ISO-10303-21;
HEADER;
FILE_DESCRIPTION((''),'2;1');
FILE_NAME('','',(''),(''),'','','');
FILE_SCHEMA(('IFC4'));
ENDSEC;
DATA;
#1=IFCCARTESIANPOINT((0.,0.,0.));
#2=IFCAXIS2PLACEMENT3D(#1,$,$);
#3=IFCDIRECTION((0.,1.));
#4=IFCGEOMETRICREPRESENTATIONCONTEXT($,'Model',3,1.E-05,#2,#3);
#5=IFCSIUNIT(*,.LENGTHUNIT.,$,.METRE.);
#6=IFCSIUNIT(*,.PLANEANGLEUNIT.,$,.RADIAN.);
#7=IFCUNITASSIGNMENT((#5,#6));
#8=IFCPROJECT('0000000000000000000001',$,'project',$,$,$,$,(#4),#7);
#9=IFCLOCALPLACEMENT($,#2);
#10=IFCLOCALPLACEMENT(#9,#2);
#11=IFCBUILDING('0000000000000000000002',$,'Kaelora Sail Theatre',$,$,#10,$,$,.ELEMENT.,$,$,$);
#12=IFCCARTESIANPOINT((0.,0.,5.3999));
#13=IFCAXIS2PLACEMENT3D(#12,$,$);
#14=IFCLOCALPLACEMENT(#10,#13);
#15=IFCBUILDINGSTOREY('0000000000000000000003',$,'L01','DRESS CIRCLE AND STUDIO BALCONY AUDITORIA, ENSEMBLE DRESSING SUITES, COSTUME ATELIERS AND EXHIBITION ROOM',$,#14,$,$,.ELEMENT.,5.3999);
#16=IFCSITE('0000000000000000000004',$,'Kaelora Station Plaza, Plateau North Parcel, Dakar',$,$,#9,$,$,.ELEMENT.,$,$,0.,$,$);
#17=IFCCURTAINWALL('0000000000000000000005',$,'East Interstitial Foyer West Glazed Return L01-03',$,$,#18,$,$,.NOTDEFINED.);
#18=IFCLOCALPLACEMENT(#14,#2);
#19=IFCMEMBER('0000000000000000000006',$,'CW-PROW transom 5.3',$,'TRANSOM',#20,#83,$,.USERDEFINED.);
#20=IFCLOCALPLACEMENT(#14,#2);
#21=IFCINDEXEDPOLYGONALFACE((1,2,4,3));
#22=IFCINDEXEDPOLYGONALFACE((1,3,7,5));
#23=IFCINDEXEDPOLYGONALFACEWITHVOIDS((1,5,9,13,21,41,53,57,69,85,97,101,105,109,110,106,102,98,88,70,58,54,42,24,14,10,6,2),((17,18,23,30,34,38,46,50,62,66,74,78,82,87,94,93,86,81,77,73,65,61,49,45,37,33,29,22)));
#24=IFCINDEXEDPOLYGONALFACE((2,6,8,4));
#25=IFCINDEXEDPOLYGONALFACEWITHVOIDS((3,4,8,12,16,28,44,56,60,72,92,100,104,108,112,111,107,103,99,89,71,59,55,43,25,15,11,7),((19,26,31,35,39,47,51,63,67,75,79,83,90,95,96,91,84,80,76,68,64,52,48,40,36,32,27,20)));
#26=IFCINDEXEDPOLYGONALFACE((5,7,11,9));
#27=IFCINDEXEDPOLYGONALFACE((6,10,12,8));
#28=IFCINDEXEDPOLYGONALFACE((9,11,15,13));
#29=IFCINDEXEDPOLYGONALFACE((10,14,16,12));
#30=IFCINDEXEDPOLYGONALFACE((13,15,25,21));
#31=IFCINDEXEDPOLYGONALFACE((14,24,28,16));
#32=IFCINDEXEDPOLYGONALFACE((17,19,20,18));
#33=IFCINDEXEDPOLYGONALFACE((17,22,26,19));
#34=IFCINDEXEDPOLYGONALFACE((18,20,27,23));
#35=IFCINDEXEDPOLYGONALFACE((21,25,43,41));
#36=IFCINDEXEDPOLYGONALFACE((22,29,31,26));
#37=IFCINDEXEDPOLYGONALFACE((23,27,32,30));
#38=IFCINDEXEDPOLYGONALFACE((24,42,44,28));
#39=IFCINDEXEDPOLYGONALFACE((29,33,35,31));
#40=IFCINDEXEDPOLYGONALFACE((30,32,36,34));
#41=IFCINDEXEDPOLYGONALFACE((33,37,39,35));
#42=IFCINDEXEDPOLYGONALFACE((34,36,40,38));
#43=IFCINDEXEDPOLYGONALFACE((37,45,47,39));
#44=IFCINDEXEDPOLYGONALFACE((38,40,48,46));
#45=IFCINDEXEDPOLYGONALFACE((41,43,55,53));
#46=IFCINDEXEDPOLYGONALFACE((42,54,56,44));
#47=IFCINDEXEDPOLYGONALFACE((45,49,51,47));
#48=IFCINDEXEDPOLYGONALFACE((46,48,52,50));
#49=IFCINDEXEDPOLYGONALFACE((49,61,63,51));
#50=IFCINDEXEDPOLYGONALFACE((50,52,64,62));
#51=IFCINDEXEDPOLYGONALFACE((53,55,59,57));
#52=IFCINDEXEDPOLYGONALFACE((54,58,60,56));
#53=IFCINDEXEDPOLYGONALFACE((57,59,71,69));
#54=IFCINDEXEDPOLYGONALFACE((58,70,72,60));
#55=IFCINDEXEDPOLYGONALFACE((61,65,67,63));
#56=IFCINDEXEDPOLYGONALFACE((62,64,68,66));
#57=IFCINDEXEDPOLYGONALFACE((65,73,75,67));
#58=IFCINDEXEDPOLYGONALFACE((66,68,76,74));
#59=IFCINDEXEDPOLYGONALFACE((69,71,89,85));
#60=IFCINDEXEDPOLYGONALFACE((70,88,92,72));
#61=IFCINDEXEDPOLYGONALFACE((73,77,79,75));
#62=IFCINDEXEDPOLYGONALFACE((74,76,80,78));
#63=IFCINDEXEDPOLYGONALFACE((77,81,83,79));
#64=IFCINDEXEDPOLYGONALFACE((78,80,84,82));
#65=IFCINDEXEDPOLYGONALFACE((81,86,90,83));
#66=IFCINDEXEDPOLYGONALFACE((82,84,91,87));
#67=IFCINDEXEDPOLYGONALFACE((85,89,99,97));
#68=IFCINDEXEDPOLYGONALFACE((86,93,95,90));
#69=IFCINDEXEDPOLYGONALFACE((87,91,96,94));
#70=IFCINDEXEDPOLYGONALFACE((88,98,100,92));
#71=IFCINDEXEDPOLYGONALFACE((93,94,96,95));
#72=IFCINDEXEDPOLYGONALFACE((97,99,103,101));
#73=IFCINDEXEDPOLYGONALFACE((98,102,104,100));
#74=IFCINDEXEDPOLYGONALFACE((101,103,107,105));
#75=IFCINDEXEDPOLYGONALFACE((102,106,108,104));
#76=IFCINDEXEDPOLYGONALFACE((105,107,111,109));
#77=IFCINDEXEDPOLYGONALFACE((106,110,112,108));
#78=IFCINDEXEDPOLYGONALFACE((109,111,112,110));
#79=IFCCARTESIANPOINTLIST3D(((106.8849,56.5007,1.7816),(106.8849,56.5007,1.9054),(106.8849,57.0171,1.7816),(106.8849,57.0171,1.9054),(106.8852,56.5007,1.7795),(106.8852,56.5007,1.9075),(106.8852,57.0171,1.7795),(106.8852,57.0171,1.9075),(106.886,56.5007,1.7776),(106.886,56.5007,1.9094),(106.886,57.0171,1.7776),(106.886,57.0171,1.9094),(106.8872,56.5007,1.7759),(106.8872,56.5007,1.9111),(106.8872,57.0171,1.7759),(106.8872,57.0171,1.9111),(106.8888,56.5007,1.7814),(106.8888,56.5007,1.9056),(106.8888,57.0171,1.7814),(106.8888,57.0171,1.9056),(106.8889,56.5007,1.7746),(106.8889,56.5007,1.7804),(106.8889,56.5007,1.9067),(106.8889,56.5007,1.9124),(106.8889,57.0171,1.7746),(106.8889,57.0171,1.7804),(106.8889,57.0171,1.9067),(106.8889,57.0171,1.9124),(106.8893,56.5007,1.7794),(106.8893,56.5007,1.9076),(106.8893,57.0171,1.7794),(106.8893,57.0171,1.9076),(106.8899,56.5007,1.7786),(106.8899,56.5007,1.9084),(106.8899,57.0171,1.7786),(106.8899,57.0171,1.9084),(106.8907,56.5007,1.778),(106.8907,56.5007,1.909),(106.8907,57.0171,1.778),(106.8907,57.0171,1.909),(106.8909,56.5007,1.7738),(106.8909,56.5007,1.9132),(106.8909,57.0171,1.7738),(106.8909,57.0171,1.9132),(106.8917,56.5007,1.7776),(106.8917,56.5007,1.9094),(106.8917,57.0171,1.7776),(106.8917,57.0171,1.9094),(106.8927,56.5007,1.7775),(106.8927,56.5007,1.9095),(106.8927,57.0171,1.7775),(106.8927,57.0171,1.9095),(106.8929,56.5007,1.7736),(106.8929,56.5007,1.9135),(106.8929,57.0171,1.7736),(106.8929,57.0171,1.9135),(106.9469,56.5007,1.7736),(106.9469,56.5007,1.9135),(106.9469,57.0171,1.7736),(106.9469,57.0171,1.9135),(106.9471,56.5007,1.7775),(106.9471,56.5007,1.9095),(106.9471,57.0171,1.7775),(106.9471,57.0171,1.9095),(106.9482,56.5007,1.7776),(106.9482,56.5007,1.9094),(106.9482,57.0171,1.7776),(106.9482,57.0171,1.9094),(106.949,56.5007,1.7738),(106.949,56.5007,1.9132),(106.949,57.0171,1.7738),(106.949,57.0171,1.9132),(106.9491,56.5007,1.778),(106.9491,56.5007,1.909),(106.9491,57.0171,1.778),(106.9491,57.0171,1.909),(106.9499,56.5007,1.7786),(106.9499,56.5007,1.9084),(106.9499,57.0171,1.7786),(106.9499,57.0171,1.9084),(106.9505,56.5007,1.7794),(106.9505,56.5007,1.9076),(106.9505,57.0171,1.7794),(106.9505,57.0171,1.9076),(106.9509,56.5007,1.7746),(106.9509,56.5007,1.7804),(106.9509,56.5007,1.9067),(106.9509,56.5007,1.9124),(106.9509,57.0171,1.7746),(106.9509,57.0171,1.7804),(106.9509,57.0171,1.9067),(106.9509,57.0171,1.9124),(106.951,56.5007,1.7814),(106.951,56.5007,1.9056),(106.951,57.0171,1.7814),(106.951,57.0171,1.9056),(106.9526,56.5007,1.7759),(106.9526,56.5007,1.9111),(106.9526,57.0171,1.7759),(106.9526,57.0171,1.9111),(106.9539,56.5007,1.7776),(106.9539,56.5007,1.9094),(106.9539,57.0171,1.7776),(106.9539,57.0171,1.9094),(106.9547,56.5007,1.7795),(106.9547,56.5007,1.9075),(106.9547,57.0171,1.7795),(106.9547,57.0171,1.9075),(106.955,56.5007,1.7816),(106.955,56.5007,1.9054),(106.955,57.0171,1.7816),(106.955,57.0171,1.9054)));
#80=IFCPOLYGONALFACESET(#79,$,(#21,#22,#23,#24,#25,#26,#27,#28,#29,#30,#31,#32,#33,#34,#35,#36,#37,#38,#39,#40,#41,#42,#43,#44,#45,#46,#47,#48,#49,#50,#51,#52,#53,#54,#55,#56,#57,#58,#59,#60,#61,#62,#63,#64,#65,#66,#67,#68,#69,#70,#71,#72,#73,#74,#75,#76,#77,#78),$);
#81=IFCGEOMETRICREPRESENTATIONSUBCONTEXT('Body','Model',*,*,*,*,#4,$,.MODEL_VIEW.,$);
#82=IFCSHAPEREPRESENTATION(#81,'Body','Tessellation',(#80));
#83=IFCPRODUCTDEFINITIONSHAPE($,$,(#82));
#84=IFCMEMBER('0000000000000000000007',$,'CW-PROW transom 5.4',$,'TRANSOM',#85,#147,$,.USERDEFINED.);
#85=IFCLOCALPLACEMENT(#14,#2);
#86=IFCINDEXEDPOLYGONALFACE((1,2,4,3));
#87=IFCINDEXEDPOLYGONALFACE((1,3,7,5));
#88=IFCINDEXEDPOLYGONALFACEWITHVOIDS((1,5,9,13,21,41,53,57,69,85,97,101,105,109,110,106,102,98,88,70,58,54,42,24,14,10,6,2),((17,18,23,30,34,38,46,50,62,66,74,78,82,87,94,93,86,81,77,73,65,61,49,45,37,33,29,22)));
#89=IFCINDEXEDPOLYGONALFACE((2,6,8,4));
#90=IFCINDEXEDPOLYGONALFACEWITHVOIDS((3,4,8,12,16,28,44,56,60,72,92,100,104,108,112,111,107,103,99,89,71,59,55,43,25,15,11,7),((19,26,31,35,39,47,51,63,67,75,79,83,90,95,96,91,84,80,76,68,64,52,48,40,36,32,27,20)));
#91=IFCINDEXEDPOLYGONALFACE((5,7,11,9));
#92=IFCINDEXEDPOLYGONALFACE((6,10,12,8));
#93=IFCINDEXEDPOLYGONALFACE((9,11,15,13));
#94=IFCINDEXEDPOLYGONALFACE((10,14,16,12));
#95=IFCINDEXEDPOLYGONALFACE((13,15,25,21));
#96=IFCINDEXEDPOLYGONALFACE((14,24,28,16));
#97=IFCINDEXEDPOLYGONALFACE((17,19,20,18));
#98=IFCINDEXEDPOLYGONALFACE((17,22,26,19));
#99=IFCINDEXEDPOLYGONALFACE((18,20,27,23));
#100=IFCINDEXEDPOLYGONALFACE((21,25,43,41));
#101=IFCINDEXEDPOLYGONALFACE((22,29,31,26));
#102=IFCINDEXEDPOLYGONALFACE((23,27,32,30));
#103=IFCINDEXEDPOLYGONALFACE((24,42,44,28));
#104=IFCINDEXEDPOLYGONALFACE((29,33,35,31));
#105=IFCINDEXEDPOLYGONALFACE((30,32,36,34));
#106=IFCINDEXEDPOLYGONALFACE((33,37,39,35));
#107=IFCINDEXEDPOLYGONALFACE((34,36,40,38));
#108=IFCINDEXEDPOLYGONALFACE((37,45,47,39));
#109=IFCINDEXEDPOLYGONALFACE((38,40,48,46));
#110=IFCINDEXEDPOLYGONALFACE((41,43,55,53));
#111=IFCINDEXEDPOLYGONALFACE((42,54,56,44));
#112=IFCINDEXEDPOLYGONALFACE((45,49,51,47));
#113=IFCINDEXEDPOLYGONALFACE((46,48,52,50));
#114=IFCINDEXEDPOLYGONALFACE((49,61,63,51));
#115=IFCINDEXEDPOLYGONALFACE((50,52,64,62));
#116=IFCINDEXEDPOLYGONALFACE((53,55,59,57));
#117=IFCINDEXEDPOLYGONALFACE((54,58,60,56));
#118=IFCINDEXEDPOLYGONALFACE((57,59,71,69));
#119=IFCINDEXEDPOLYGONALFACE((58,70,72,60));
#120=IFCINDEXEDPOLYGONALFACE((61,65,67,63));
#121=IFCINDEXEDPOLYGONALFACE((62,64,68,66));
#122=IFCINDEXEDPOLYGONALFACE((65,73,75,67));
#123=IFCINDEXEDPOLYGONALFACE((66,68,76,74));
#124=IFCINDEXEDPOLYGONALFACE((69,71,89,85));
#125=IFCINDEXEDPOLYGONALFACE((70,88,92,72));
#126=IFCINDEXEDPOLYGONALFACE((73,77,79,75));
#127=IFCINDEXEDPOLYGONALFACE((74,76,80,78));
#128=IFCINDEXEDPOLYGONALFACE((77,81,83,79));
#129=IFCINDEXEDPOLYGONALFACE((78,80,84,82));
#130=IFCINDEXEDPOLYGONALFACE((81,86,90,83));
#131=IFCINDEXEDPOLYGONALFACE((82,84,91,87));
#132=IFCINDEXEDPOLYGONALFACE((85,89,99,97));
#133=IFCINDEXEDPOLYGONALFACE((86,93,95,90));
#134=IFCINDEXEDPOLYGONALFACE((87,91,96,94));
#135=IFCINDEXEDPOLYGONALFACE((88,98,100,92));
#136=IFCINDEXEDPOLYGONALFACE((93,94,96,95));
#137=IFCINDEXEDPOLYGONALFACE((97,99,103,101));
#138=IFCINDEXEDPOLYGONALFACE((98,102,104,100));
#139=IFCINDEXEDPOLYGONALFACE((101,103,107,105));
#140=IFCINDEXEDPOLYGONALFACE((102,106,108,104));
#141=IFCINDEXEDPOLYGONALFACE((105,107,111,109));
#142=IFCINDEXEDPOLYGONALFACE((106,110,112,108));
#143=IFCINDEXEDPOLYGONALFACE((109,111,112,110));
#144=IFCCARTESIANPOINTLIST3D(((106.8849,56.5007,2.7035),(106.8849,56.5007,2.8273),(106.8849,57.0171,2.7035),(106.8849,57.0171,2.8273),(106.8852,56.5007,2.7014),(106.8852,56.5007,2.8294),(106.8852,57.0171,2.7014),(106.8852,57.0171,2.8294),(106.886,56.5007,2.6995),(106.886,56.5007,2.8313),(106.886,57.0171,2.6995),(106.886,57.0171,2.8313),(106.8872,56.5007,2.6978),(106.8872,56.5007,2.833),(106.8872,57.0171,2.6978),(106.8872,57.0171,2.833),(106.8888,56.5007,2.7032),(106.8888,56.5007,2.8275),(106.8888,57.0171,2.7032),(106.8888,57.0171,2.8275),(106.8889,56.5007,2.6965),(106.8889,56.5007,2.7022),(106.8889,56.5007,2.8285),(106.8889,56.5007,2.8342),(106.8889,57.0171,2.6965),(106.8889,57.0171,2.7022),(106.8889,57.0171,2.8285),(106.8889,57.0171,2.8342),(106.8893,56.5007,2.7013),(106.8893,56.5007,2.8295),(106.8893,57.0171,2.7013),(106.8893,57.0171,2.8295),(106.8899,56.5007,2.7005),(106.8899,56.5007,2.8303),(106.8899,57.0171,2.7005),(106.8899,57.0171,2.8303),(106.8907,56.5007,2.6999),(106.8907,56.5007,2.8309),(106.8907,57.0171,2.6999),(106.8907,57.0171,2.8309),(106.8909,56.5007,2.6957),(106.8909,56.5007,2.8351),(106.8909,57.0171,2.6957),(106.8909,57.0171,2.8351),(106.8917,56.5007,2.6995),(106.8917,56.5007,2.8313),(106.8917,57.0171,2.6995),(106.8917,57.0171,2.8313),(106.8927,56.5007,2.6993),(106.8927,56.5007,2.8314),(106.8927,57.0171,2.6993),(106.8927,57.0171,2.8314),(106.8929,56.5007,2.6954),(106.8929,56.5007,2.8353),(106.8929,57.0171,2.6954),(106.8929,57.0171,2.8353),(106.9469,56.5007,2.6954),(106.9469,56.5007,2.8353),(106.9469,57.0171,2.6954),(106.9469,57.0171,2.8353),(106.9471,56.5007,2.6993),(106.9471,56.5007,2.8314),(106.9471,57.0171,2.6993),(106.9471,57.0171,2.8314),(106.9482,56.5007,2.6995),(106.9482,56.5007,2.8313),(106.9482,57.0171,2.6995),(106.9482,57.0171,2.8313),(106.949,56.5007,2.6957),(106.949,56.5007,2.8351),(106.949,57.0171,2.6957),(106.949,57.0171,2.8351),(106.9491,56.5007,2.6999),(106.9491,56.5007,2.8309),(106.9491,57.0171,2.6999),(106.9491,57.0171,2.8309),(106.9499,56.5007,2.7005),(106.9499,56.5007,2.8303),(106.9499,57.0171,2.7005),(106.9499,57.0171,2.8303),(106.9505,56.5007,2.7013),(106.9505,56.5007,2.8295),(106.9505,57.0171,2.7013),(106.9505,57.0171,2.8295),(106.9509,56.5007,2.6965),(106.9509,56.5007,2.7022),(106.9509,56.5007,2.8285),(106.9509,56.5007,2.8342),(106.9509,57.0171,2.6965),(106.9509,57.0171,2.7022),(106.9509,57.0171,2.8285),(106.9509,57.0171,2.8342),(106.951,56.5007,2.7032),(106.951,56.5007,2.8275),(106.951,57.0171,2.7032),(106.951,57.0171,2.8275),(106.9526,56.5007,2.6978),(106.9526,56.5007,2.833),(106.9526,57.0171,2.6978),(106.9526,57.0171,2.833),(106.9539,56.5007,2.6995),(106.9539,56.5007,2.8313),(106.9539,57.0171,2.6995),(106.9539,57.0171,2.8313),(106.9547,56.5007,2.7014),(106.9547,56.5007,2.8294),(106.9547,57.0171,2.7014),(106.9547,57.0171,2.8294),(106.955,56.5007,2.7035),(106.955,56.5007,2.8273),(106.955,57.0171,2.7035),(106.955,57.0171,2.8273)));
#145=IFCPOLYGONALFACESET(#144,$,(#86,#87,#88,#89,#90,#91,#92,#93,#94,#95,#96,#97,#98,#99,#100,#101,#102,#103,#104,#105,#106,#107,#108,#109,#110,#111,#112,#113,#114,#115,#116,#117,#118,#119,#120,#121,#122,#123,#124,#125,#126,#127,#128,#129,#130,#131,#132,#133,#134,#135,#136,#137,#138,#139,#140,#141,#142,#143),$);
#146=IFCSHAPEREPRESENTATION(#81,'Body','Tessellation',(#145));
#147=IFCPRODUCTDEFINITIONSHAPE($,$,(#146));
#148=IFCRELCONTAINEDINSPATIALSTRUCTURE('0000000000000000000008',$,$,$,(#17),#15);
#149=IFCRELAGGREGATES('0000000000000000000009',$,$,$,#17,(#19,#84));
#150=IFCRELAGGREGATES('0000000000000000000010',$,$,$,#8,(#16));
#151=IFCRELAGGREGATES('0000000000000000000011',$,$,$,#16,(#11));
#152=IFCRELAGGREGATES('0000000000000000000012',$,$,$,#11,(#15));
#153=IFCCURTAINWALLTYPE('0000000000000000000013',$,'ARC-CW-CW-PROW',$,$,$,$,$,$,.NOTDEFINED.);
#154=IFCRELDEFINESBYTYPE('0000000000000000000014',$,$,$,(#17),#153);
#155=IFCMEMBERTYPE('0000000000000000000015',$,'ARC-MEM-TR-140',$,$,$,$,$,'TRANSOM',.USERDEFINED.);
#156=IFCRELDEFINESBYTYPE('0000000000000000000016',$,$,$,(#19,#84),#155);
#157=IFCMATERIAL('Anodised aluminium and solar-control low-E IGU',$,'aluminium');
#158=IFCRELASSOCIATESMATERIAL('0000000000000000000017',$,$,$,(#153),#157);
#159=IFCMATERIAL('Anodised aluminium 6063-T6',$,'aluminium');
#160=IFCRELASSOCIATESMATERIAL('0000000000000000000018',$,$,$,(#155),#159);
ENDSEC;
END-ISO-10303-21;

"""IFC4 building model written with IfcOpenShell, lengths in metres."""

from ifc_helpers import new_model, si_unit, direction, frame, origin, origin_2d, place, context, subcontext, project, spatial, hollow_rectangle, extrude, material, material_profile, profile_set, type_object, element, aggregate, save


model = new_model("IFC4")

# Units and contexts
model_context = context("Model", 3, precision=1e-05, world=origin(), true_north=direction((0.0, 1.0)))
body_context = subcontext(model_context, "Body", "Model", "MODEL_VIEW")
ifc_project = project(units=[si_unit("LENGTHUNIT", "METRE"), si_unit("PLANEANGLEUNIT", "RADIAN")], contexts=[model_context])

# Site, building, storey
site_placement = place(None, origin())
site = spatial("IfcSite", under=ifc_project, at=site_placement, Name="Kaelora Station Plaza, Plateau North Parcel, Dakar", CompositionType="ELEMENT", RefElevation=0.0)
building_placement = place(site_placement, origin())
building = spatial("IfcBuilding", under=site, at=building_placement, Name="Kaelora Sail Theatre", CompositionType="ELEMENT")
storey_placement = place(building_placement, frame((0.0, 0.0, 5.3999)))
storey = spatial("IfcBuildingStorey", under=building, at=storey_placement, Name="L01", Description="DRESS CIRCLE AND STUDIO BALCONY AUDITORIA, ENSEMBLE DRESSING SUITES, COSTUME ATELIERS AND EXHIBITION ROOM", CompositionType="ELEMENT", Elevation=5.3999)

# Curtain wall, members
ifc_material_1 = material(Name="Anodised aluminium and solar-control low-E IGU", Category="aluminium")
curtain_wall_type = type_object("IfcCurtainWallType", Name="ARC-CW-CW-PROW", PredefinedType="NOTDEFINED", material=ifc_material_1)
curtain_wall_placement = place(storey_placement, origin())
curtain_wall = element("IfcCurtainWall", 1, at=curtain_wall_placement, inside=storey, type_object=curtain_wall_type, Name="East Interstitial Foyer West Glazed Return L01-03", PredefinedType="NOTDEFINED")
ifc_material_2 = material(Name="Anodised aluminium 6063-T6", Category="aluminium")
ifc_material_profile = material_profile(ifc_material_2, hollow_rectangle(XDim=0.0701, YDim=0.1399, WallThickness=0.0039, InnerFilletRadius=0.0039, OuterFilletRadius=0.0081, at=origin_2d()), Name="ALU-TRAN 70x140x4")
ifc_profile_set = profile_set([ifc_material_profile], Name="Anodised aluminium 6063-T6")
member_type = type_object("IfcMemberType", Name="ARC-MEM-TR-140", ElementType="TRANSOM", PredefinedType="USERDEFINED", material=ifc_profile_set)
member_1_placement = place(storey_placement, frame((106.9199, 56.5007, 1.8435), z_axis=(0.0, 1.0, 0.0), x_axis=(-1.0, 0.0, 0.0)))
member_1 = element("IfcMember", 2, at=member_1_placement, type_object=member_type, Name="CW-PROW transom 5.3", ObjectType="TRANSOM", PredefinedType="USERDEFINED", context=body_context, shape_type="SweptSolid", body=[
    extrude(hollow_rectangle(XDim=0.0701, YDim=0.1399, WallThickness=0.0039, InnerFilletRadius=0.0039, OuterFilletRadius=0.0081, at=origin_2d()), origin(), (0.0, 0.0, 1.0), 0.5164),
])
member_2_placement = place(storey_placement, frame((106.9199, 56.5007, 2.7654), z_axis=(0.0, 1.0, 0.0), x_axis=(-1.0, 0.0, 0.0)))
member_2 = element("IfcMember", 3, at=member_2_placement, type_object=member_type, Name="CW-PROW transom 5.4", ObjectType="TRANSOM", PredefinedType="USERDEFINED", context=body_context, shape_type="SweptSolid", body=[
    extrude(hollow_rectangle(XDim=0.0701, YDim=0.1399, WallThickness=0.0039, InnerFilletRadius=0.0039, OuterFilletRadius=0.0081, at=origin_2d()), origin(), (0.0, 0.0, 1.0), 0.5164),
])
aggregate(curtain_wall, [member_1, member_2])

save(model, "model.ifc")
